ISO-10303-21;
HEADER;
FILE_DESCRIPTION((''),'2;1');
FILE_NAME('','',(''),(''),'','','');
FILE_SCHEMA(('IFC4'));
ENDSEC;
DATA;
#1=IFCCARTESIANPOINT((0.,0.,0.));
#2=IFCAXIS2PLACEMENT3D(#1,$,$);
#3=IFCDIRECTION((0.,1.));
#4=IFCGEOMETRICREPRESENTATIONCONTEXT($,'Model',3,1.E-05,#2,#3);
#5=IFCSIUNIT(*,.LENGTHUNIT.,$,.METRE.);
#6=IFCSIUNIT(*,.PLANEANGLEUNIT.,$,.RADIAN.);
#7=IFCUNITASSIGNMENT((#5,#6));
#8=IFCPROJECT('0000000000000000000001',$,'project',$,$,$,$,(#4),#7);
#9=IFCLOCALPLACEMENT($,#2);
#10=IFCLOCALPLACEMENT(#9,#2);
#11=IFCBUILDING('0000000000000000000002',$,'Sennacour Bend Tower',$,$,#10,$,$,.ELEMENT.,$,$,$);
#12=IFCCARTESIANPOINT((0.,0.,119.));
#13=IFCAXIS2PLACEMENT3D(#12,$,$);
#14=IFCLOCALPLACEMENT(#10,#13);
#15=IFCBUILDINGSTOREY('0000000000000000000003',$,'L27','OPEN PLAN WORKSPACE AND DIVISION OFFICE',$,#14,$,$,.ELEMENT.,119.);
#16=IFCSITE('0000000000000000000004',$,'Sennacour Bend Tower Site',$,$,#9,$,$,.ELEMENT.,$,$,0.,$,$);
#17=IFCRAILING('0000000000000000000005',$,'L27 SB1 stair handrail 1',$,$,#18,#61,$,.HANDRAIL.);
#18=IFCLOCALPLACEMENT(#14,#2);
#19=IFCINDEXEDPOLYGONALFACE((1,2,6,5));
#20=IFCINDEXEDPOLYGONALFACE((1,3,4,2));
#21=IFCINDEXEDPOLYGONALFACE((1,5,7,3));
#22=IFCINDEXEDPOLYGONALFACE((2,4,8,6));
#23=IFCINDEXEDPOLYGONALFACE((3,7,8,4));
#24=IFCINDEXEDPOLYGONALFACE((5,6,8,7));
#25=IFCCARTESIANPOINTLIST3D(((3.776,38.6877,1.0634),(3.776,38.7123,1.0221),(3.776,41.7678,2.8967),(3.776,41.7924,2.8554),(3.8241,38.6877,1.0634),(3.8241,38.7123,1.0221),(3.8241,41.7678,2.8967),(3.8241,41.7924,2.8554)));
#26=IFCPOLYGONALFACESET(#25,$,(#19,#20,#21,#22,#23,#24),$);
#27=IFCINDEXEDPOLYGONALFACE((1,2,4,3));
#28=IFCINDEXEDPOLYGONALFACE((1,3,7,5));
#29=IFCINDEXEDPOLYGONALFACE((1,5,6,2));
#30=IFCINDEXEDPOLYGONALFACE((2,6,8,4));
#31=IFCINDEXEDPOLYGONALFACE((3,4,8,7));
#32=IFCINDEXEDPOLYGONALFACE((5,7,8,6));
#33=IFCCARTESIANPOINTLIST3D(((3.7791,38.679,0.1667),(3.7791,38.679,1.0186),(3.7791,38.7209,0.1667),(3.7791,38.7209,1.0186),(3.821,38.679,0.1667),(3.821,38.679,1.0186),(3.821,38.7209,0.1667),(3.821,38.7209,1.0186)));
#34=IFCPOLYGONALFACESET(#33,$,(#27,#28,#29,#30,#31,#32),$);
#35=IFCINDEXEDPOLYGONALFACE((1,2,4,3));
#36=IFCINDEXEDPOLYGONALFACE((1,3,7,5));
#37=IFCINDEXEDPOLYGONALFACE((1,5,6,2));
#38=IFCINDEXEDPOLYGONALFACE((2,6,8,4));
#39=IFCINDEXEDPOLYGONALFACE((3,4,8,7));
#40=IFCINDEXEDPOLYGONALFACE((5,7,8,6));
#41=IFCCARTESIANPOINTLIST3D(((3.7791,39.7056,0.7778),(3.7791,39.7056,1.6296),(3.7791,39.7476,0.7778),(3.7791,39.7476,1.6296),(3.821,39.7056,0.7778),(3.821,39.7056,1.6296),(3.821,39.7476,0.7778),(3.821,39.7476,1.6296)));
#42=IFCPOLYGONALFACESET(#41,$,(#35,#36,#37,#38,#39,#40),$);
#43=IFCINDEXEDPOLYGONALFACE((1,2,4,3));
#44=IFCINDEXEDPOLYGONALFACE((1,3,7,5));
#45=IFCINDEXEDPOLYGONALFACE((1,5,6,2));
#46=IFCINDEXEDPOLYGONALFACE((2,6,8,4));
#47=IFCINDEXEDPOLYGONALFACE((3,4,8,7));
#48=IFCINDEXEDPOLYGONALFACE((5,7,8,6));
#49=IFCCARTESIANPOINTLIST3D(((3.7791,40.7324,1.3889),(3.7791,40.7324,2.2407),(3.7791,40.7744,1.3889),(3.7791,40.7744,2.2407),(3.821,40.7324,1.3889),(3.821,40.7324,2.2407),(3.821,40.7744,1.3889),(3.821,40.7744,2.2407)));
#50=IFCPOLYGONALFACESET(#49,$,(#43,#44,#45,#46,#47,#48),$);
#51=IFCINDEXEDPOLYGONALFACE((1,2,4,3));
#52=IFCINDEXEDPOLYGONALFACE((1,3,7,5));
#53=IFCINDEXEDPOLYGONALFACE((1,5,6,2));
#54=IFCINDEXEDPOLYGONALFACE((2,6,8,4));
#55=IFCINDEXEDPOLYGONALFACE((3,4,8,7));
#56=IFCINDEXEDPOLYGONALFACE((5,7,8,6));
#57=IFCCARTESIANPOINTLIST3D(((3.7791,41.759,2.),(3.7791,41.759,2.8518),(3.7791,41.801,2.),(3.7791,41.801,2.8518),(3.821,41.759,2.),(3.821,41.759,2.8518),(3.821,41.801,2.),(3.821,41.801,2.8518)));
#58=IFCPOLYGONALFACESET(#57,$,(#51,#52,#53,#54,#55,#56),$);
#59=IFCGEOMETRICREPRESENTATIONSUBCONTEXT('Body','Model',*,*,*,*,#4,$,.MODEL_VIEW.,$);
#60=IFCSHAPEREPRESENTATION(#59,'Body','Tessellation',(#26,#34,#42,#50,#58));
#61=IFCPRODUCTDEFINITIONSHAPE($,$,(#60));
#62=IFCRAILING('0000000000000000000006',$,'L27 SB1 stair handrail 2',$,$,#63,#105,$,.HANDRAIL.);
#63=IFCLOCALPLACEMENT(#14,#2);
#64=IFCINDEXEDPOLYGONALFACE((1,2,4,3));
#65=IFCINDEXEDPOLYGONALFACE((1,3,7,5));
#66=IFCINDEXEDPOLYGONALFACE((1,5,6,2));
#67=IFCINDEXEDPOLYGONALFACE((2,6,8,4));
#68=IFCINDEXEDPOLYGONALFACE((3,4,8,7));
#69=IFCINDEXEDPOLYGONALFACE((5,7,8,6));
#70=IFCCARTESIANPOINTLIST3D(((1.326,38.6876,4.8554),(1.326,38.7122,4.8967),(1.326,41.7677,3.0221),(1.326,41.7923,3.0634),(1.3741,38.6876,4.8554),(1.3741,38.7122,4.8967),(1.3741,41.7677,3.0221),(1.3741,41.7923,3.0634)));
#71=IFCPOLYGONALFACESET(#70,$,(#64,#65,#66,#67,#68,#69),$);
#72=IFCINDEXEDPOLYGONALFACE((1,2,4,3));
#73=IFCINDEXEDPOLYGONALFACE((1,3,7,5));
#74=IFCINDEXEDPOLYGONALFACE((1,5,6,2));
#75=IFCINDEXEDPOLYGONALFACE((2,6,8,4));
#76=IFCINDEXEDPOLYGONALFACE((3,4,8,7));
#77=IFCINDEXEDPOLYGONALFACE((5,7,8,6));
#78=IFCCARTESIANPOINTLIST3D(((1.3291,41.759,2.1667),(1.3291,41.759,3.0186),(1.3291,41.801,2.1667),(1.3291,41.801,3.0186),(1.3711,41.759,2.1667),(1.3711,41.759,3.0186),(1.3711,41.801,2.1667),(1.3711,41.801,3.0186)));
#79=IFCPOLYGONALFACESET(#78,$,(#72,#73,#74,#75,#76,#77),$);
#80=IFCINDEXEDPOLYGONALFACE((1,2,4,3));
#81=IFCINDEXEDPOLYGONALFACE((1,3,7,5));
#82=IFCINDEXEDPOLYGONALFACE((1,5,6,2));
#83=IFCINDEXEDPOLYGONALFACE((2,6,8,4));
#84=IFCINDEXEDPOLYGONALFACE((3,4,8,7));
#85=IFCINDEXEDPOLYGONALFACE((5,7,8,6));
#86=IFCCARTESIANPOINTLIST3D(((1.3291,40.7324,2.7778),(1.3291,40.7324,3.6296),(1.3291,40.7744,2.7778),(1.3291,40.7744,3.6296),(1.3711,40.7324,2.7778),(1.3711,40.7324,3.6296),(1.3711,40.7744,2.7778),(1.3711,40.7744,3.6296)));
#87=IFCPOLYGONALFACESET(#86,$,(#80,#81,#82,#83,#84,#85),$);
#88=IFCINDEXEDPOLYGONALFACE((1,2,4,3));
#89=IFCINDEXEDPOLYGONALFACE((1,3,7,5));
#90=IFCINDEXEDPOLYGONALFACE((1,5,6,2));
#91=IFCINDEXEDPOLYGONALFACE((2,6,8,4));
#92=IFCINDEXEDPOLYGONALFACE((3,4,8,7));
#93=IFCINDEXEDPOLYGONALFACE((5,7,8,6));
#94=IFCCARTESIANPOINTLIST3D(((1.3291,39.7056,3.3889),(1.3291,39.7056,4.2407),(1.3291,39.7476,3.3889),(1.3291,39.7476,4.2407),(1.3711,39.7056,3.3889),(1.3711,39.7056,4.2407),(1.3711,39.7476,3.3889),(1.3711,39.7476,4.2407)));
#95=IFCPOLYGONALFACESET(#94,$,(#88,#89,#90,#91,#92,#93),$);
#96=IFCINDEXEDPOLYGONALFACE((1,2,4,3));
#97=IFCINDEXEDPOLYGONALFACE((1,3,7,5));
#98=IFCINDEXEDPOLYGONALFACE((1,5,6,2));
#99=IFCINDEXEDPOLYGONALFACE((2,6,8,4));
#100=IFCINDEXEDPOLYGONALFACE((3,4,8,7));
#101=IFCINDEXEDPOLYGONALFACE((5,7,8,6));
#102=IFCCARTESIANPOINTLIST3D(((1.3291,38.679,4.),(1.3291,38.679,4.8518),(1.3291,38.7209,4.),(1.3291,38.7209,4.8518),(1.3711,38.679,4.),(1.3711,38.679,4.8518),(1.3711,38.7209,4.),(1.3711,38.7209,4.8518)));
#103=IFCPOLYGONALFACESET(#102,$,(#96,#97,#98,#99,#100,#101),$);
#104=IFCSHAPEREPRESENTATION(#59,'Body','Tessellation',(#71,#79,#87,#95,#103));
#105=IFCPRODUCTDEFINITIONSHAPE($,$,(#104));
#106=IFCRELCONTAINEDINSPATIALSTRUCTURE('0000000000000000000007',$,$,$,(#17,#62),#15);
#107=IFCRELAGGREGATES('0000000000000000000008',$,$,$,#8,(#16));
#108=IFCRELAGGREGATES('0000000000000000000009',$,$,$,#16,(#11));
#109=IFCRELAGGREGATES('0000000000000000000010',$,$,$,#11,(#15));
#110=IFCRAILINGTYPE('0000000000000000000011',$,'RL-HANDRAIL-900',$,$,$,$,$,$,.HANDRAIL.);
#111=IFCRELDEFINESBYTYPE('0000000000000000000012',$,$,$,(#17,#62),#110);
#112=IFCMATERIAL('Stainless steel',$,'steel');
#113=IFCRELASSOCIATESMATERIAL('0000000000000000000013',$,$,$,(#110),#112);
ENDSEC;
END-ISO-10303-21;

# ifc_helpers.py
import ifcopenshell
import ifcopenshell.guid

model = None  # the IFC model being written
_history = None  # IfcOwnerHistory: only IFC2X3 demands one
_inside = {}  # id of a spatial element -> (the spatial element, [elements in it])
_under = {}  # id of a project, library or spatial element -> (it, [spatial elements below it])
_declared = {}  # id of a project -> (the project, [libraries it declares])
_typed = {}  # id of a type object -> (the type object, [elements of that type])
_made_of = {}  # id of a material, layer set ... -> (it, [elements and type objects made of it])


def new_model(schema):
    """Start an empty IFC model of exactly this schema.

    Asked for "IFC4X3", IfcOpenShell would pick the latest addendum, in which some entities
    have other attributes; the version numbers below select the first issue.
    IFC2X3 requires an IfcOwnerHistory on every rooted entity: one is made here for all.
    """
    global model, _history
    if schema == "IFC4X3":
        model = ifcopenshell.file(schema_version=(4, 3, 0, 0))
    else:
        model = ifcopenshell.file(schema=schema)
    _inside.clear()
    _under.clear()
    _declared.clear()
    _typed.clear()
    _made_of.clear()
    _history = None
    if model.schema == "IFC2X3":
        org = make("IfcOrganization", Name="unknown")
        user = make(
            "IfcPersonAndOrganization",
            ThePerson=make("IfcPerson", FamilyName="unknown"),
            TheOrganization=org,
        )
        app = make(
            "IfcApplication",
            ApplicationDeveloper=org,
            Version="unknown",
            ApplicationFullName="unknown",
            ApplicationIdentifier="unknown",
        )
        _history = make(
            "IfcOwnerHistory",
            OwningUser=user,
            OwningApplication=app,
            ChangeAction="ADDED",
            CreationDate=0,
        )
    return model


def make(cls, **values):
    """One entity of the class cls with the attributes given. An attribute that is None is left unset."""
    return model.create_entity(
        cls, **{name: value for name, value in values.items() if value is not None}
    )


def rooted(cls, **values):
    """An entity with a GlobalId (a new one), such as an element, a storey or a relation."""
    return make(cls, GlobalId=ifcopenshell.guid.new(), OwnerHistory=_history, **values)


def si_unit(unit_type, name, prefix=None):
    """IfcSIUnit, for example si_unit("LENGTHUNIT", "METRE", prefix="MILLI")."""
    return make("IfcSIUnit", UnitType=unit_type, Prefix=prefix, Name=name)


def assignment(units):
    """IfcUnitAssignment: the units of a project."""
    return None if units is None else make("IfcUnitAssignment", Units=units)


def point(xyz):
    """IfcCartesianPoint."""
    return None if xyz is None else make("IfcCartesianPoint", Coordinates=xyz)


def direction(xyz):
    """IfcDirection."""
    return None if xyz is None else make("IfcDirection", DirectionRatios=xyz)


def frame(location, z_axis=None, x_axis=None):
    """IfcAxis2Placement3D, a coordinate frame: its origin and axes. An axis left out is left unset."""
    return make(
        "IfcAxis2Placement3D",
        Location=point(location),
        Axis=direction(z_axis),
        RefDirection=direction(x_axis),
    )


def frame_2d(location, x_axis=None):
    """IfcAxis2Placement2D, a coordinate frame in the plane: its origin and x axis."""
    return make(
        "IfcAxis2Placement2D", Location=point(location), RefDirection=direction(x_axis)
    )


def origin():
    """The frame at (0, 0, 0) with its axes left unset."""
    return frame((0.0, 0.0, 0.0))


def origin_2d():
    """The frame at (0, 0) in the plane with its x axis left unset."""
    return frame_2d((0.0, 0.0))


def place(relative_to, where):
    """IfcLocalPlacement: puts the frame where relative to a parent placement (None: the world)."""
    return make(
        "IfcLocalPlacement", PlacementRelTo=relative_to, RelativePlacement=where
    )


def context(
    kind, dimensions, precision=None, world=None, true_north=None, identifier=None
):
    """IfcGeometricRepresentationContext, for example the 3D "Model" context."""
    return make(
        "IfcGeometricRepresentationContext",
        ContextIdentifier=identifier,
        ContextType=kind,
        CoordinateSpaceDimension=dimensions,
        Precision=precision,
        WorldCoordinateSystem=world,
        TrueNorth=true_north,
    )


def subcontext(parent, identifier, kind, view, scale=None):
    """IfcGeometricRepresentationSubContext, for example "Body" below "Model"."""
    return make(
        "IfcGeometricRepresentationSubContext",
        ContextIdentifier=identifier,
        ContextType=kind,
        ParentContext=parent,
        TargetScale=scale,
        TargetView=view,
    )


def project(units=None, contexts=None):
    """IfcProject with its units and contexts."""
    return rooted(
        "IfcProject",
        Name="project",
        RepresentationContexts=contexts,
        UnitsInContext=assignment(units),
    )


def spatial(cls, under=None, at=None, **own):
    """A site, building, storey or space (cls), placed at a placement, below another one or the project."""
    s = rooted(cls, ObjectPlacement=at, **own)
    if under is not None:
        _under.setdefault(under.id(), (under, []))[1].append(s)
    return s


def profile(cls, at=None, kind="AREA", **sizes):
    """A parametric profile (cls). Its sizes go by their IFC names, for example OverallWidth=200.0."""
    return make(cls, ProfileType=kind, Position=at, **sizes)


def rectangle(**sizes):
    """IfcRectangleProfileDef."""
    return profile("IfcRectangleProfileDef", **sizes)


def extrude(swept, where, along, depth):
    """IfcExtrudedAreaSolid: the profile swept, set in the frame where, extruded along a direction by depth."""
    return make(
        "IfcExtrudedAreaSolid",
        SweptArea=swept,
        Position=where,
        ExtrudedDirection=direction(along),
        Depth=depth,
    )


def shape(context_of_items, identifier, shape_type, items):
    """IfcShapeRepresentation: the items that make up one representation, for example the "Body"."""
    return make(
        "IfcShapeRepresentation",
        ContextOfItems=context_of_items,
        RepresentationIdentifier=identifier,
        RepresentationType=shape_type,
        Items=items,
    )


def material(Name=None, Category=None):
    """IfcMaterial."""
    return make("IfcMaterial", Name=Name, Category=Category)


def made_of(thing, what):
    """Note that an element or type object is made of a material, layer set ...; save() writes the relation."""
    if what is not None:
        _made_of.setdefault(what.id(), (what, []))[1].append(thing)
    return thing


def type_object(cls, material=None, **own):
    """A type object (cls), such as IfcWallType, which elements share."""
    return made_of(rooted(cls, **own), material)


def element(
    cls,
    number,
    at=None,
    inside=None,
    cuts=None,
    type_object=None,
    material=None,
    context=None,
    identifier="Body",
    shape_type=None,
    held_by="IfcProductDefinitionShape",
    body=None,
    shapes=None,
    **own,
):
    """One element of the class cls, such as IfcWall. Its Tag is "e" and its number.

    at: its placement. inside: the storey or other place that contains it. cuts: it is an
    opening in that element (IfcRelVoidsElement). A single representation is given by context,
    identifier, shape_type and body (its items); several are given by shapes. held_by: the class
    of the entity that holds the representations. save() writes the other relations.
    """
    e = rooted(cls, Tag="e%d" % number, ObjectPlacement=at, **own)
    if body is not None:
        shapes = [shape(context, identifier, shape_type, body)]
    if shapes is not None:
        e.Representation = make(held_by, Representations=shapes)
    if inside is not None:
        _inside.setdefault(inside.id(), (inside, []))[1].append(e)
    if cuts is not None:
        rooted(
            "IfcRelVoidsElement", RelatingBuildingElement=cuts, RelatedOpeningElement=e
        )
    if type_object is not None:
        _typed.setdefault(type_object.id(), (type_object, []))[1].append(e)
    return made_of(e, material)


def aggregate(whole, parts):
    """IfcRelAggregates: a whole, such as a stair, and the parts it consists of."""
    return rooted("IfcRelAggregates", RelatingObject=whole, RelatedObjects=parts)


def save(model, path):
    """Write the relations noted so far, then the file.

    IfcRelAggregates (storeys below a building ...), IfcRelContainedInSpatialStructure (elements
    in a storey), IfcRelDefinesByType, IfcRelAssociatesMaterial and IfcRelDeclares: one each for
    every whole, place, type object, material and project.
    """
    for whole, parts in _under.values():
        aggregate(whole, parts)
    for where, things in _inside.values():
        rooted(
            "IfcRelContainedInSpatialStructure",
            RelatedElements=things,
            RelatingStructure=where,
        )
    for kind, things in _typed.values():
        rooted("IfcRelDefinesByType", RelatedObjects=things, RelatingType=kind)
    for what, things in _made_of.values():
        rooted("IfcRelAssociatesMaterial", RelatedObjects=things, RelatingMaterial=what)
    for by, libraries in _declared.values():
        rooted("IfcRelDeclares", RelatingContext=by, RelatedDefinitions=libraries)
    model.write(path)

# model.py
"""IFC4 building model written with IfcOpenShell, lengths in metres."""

from ifc_helpers import new_model, si_unit, direction, frame, origin, origin_2d, place, context, subcontext, project, spatial, rectangle, extrude, material, type_object, element, save


model = new_model("IFC4")

# Units and contexts
model_context = context("Model", 3, precision=1e-05, world=origin(), true_north=direction((0.0, 1.0)))
body_context = subcontext(model_context, "Body", "Model", "MODEL_VIEW")
ifc_project = project(units=[si_unit("LENGTHUNIT", "METRE"), si_unit("PLANEANGLEUNIT", "RADIAN")], contexts=[model_context])

# Site, building, storey
site_placement = place(None, origin())
site = spatial("IfcSite", under=ifc_project, at=site_placement, Name="Sennacour Bend Tower Site", CompositionType="ELEMENT", RefElevation=0.0)
building_placement = place(site_placement, origin())
building = spatial("IfcBuilding", under=site, at=building_placement, Name="Sennacour Bend Tower", CompositionType="ELEMENT")
storey_placement = place(building_placement, frame((0.0, 0.0, 119.0)))
storey = spatial("IfcBuildingStorey", under=building, at=storey_placement, Name="L27", Description="OPEN PLAN WORKSPACE AND DIVISION OFFICE", CompositionType="ELEMENT", Elevation=119.0)

# Railings
ifc_material_1 = material(Name="Stainless steel", Category="steel")
railing_type_1 = type_object("IfcRailingType", Name="RL-HANDRAIL-900", PredefinedType="HANDRAIL", material=ifc_material_1)
railing_1_placement = place(storey_placement, frame((3.8, 38.7, 0.1667)))
element("IfcRailing", 1, at=railing_1_placement, inside=storey, type_object=railing_type_1, Name="L27 SB1 stair handrail 1", PredefinedType="HANDRAIL", context=body_context, shape_type="SweptSolid", body=[
    extrude(rectangle(XDim=0.0481, YDim=0.0481, at=origin_2d()), frame((0.0, 0.0, 0.876), z_axis=(0.0, 0.859309, 0.511458), x_axis=(-1.0, 0.0, 0.0)), (0.0, 0.0, 1.0), 3.5845),
    extrude(rectangle(XDim=0.042, YDim=0.042, at=origin_2d()), origin(), (0.0, 0.0, 1.0), 0.8518),
    extrude(rectangle(XDim=0.042, YDim=0.042, at=origin_2d()), frame((0.0, 1.0266, 0.6111)), (0.0, 0.0, 1.0), 0.8518),
    extrude(rectangle(XDim=0.042, YDim=0.042, at=origin_2d()), frame((0.0, 2.0535, 1.2222)), (0.0, 0.0, 1.0), 0.8518),
    extrude(rectangle(XDim=0.042, YDim=0.042, at=origin_2d()), frame((0.0, 3.0801, 1.8333)), (0.0, 0.0, 1.0), 0.8518),
])
railing_2_placement = place(storey_placement, frame((1.3501, 41.78, 2.1667)))
element("IfcRailing", 2, at=railing_2_placement, inside=storey, type_object=railing_type_1, Name="L27 SB1 stair handrail 2", PredefinedType="HANDRAIL", context=body_context, shape_type="SweptSolid", body=[
    extrude(rectangle(XDim=0.0481, YDim=0.0481, at=origin_2d()), frame((0.0, 0.0, 0.876), z_axis=(0.0, -0.859309, 0.511458), x_axis=(1.0, 0.0, 0.0)), (0.0, 0.0, 1.0), 3.5845),
    extrude(rectangle(XDim=0.042, YDim=0.042, at=origin_2d()), origin(), (0.0, 0.0, 1.0), 0.8518),
    extrude(rectangle(XDim=0.042, YDim=0.042, at=origin_2d()), frame((0.0, -1.0266, 0.6111)), (0.0, 0.0, 1.0), 0.8518),
    extrude(rectangle(XDim=0.042, YDim=0.042, at=origin_2d()), frame((0.0, -2.0535, 1.2222)), (0.0, 0.0, 1.0), 0.8518),
    extrude(rectangle(XDim=0.042, YDim=0.042, at=origin_2d()), frame((0.0, -3.0801, 1.8333)), (0.0, 0.0, 1.0), 0.8518),
])

save(model, "model.ifc")
